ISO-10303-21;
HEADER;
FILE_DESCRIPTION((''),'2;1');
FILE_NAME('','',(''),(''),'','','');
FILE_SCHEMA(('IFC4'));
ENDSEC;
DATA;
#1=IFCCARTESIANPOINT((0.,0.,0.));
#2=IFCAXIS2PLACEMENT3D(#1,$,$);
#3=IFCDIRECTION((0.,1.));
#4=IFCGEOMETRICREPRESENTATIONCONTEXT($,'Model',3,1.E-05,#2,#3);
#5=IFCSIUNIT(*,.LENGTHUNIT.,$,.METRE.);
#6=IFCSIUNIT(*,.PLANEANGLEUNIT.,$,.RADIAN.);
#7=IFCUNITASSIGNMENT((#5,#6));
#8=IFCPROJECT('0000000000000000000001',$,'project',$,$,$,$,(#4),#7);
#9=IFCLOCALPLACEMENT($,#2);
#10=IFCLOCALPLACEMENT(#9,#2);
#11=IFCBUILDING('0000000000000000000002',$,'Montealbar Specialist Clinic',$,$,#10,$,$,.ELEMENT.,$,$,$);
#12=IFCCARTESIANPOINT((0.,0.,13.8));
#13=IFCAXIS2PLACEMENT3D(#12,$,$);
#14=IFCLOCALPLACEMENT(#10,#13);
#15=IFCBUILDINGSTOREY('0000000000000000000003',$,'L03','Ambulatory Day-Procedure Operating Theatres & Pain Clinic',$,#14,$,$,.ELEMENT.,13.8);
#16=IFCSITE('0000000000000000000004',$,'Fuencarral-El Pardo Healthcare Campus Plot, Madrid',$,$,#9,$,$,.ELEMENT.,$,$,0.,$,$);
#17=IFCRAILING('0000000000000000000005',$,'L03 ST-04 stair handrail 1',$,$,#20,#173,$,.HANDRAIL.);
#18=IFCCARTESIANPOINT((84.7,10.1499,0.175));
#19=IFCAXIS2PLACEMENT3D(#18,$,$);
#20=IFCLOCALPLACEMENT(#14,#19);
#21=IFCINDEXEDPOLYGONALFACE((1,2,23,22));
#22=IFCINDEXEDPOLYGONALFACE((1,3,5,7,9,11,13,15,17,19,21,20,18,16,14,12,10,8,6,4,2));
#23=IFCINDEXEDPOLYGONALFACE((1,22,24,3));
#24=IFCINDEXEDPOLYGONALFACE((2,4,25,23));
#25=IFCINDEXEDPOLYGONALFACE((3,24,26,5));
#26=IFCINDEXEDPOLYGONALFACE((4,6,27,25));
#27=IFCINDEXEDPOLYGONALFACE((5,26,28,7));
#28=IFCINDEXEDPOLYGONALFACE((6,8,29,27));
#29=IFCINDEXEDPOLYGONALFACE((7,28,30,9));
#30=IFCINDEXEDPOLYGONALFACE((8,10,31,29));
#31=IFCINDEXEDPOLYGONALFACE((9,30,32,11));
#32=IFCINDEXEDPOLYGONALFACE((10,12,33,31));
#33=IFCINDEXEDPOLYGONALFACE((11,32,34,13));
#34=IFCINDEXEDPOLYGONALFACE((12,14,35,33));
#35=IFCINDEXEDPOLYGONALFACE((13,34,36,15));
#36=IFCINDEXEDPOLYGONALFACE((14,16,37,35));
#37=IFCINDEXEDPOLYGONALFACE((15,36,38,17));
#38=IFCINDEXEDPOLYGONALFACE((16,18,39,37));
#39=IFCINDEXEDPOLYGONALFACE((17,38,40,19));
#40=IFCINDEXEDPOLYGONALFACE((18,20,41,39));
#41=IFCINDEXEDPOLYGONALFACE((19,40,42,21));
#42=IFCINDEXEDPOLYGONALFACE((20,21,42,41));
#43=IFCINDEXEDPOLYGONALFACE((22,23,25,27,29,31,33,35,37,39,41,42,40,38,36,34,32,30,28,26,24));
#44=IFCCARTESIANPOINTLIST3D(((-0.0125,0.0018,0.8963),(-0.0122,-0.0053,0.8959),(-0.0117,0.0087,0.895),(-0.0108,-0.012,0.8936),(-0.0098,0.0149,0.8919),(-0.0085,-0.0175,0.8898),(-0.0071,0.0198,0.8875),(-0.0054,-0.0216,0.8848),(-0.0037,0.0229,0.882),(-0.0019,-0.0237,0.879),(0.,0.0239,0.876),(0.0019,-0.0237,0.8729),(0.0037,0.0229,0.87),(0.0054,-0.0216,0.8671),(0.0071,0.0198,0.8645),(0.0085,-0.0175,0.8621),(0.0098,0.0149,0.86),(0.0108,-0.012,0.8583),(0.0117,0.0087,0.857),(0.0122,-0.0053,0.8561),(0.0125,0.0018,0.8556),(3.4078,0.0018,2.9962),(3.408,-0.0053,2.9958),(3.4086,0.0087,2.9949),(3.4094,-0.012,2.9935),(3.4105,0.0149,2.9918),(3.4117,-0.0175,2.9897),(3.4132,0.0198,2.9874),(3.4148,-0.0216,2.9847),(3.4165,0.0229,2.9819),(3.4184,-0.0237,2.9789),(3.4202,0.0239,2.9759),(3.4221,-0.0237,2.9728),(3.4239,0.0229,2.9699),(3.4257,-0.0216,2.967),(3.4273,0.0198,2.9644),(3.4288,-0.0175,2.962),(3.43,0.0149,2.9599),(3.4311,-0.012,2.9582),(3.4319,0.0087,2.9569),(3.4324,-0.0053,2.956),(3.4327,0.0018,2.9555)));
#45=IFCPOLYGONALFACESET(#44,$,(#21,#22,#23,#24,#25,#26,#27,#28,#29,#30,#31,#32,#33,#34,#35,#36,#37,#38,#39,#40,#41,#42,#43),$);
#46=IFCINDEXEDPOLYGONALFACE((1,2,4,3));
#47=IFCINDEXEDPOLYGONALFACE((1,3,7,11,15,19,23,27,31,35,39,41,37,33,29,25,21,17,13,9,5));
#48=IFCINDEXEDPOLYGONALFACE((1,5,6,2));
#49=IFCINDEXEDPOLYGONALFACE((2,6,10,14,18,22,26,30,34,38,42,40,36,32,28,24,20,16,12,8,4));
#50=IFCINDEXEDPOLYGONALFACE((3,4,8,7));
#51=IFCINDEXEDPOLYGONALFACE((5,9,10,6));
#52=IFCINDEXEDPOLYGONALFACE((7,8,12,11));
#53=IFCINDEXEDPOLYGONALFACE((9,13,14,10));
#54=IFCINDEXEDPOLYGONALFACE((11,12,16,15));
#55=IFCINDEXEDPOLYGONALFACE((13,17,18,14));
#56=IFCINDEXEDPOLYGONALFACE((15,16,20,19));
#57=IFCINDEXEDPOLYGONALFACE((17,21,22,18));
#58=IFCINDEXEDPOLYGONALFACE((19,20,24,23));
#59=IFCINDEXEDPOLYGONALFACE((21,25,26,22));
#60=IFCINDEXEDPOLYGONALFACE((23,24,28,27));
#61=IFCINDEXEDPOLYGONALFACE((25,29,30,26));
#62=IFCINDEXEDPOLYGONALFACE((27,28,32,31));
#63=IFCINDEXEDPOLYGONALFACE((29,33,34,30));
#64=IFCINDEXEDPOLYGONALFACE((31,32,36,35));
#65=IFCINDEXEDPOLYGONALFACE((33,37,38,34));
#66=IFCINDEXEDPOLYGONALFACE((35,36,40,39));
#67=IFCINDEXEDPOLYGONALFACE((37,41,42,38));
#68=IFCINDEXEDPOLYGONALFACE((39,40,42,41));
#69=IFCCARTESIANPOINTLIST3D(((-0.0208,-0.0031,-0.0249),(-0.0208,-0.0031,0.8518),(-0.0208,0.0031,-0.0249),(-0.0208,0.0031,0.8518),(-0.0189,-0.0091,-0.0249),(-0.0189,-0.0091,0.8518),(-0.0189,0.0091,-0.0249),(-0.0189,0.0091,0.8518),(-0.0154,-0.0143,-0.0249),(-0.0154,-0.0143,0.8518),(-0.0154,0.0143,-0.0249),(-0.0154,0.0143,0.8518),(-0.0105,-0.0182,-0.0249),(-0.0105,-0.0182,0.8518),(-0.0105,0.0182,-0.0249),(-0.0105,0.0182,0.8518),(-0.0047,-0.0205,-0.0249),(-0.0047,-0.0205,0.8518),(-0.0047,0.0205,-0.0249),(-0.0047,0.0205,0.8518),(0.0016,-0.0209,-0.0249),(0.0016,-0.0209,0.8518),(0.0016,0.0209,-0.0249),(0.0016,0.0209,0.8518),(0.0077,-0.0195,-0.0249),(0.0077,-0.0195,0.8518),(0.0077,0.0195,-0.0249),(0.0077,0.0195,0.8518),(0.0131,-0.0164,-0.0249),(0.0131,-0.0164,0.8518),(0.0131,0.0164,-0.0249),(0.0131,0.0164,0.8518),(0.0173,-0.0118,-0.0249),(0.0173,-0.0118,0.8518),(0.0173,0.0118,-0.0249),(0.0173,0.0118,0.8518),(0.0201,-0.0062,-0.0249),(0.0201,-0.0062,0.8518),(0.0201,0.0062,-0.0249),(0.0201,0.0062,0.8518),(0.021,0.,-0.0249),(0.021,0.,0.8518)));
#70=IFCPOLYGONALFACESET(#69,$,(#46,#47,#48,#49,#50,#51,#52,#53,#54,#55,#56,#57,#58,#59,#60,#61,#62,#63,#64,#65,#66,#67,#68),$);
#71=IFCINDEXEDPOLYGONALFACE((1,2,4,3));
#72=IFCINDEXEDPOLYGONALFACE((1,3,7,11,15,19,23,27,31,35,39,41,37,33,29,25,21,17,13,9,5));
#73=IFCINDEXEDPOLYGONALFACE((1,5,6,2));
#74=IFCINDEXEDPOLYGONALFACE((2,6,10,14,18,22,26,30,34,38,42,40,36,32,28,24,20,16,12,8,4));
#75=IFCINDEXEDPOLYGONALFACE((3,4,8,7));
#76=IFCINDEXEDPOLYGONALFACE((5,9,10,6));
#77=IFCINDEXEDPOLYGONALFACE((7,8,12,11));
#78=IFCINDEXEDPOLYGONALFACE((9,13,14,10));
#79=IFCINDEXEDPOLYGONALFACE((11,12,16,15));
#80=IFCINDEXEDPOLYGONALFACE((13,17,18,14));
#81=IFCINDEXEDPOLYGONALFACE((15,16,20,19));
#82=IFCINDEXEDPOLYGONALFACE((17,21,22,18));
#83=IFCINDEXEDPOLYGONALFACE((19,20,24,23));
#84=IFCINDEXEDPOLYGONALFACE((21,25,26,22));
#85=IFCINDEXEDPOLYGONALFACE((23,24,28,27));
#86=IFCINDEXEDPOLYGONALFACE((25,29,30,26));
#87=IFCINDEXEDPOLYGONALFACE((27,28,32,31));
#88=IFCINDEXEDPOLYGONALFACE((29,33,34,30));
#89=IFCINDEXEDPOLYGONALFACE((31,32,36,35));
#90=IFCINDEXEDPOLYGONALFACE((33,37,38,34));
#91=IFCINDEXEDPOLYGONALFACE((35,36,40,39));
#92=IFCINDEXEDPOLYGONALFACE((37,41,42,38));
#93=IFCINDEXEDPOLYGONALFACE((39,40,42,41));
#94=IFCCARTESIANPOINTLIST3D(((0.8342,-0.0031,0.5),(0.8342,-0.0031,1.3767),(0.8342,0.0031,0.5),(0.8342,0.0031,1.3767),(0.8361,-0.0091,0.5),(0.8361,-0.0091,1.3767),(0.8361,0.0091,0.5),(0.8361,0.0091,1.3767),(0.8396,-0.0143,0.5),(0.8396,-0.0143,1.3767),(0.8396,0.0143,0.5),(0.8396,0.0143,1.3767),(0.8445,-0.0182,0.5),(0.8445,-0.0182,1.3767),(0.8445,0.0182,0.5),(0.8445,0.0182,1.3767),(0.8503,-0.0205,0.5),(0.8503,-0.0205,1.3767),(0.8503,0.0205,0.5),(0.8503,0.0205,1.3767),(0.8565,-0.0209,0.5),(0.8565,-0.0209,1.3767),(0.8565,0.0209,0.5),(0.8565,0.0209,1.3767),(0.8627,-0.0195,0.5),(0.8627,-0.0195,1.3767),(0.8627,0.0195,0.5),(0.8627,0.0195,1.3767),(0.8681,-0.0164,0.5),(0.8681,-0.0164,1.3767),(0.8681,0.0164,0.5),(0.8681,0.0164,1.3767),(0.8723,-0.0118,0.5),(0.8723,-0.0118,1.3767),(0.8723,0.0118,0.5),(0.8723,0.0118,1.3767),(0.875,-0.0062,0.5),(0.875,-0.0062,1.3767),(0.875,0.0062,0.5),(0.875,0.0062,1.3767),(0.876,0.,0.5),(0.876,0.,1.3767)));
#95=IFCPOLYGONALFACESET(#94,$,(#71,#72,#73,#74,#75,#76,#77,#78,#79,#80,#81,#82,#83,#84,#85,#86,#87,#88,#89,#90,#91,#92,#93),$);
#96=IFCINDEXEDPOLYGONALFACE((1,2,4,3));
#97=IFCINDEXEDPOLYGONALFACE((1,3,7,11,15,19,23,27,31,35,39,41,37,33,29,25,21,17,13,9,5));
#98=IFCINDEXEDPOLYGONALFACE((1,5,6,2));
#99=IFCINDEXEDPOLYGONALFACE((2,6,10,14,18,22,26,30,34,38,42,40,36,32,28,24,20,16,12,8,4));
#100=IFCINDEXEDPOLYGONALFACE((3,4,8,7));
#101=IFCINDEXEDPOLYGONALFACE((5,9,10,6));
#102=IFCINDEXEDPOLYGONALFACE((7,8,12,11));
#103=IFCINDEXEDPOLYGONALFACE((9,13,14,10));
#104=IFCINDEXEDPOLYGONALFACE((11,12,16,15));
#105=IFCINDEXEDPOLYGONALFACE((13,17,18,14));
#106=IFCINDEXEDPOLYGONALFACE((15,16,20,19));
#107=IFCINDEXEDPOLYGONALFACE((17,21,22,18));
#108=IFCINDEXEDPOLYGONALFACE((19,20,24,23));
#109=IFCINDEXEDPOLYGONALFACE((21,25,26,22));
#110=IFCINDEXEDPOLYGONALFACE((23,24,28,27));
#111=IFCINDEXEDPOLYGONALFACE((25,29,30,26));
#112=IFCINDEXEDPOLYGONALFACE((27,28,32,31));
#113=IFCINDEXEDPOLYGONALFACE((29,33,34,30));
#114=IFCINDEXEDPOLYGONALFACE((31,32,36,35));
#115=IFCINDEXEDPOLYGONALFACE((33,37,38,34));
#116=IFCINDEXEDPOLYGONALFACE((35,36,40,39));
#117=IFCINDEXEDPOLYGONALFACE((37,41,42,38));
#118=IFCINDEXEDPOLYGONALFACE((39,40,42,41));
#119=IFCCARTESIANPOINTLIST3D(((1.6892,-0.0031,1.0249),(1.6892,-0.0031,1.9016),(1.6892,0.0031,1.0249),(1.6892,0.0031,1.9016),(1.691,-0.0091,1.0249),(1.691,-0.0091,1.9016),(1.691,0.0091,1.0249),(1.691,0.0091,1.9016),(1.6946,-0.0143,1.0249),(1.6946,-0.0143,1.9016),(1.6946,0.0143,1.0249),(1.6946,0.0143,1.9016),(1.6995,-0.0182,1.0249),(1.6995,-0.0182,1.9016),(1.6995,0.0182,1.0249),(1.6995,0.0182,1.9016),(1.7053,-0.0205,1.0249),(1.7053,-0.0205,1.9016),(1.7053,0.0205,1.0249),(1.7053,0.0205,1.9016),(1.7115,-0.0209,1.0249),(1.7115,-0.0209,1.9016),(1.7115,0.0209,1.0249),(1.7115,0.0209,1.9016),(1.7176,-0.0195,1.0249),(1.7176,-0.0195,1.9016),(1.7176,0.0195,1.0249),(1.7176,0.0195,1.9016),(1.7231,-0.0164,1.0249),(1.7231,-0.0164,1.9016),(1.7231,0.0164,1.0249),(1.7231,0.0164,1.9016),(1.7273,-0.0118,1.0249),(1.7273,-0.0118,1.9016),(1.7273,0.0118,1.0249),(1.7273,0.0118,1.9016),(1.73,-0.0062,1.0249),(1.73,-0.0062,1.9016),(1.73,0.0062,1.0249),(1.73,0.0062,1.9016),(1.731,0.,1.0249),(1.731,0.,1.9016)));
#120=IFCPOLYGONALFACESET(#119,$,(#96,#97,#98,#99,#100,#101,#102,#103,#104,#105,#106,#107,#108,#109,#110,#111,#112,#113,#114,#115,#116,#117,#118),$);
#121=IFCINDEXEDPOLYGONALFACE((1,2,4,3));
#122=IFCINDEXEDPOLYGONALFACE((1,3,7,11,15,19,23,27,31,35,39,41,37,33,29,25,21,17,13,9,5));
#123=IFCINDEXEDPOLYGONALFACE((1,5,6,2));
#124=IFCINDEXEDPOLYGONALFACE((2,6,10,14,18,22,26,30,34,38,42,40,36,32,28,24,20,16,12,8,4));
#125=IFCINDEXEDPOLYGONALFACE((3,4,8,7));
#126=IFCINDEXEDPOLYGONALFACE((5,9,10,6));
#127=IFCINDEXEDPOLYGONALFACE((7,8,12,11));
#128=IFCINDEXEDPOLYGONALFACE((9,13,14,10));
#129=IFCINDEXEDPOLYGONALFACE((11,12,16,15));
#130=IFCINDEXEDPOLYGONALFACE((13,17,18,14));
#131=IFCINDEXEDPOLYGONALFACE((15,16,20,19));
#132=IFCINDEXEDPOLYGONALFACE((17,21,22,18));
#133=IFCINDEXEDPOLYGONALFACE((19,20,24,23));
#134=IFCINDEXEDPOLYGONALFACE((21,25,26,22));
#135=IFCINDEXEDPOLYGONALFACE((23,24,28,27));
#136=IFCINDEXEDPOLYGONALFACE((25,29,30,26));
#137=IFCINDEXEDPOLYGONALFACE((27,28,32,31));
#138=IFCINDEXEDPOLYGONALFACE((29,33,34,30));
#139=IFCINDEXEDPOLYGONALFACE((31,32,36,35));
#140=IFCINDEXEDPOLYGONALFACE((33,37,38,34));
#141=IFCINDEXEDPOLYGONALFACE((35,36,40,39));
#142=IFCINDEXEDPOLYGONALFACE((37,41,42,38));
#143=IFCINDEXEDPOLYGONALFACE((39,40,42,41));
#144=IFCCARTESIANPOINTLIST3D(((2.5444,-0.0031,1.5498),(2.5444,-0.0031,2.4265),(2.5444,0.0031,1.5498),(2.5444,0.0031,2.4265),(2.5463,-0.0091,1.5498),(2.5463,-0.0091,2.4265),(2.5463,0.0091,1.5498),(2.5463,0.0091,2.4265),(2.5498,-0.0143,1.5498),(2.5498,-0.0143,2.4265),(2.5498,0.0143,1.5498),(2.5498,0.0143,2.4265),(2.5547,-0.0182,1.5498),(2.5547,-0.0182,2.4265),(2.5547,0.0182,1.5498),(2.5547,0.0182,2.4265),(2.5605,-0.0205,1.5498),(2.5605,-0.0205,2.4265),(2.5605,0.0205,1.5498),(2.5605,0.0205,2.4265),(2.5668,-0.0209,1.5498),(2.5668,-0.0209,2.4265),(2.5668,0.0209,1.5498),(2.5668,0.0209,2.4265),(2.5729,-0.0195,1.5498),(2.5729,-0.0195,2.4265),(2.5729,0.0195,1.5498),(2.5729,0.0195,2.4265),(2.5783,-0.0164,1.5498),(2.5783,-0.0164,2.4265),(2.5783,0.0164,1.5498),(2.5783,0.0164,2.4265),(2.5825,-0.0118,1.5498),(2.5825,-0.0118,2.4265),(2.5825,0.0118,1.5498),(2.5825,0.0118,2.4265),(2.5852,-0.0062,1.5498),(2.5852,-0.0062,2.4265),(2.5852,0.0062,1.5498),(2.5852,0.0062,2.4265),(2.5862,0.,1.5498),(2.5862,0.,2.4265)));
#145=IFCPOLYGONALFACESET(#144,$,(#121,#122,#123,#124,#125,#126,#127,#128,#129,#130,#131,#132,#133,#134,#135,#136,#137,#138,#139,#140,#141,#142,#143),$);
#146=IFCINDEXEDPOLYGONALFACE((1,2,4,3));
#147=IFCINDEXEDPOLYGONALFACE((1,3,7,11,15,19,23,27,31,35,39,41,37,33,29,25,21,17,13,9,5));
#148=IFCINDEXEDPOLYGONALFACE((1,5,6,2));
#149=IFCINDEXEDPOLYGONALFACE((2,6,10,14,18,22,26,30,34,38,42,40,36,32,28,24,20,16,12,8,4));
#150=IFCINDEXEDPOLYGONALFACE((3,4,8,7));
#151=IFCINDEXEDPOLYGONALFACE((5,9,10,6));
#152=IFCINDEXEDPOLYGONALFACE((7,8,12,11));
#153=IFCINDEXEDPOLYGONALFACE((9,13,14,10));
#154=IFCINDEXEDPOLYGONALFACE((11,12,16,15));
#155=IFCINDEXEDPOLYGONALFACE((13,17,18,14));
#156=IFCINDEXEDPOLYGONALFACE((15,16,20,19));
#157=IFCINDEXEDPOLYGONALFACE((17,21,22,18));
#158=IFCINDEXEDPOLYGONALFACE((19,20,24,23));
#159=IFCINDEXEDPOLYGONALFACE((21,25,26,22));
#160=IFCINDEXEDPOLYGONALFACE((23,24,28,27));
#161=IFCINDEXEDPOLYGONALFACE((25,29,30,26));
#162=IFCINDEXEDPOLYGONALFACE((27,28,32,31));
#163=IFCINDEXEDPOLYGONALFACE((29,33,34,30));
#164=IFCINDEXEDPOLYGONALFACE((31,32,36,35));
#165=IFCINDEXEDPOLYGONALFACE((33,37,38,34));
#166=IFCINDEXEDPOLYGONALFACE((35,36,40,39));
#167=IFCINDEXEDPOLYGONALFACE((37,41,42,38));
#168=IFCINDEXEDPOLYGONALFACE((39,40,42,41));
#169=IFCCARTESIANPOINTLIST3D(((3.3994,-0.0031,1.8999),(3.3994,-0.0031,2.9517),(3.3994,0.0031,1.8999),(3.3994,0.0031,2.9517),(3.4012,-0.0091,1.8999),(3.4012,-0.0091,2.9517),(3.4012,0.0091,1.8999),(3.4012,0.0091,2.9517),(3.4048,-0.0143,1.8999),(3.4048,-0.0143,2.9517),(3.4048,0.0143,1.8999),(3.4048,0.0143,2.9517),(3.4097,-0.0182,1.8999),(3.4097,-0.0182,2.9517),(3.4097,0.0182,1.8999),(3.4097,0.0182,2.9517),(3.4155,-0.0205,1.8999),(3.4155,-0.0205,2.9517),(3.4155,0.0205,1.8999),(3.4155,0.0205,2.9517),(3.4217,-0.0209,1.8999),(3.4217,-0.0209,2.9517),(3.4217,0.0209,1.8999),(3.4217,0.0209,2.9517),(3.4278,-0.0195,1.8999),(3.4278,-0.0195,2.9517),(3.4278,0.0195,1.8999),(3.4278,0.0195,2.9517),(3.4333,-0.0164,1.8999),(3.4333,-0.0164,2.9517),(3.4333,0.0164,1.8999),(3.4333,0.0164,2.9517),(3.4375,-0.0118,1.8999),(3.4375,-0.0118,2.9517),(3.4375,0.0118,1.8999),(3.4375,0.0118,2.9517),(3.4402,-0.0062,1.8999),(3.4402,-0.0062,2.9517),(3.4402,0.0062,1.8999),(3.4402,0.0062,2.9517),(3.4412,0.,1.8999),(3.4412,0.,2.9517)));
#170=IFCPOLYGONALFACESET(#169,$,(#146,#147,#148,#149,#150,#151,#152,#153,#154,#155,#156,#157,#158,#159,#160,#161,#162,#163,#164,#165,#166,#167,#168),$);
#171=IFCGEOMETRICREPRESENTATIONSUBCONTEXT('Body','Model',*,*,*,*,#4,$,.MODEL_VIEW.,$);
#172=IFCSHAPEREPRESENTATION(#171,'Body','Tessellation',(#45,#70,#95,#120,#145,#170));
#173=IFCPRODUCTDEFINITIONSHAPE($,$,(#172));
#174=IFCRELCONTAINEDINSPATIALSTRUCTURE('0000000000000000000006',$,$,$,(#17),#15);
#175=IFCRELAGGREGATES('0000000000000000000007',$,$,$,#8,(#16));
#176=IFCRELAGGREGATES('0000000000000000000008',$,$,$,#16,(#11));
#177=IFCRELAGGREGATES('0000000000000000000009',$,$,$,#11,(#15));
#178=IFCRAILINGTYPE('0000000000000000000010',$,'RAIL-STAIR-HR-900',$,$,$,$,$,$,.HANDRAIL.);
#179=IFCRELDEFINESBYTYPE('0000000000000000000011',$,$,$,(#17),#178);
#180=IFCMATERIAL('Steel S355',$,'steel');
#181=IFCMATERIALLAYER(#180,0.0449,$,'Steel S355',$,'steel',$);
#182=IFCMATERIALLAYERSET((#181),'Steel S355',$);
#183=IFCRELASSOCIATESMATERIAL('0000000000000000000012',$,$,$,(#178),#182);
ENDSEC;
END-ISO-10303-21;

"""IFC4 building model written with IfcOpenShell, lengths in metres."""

from ifc_helpers import new_model, si_unit, direction, frame, origin, origin_2d, place, context, subcontext, project, spatial, circle, extrude, material, layer, layer_set, type_object, element, save


model = new_model("IFC4")

# Units and contexts
model_context = context("Model", 3, precision=1e-05, world=origin(), true_north=direction((0.0, 1.0)))
body_context = subcontext(model_context, "Body", "Model", "MODEL_VIEW")
ifc_project = project(units=[si_unit("LENGTHUNIT", "METRE"), si_unit("PLANEANGLEUNIT", "RADIAN")], contexts=[model_context])

# Site, building, storey
site_placement = place(None, origin())
site = spatial("IfcSite", under=ifc_project, at=site_placement, Name="Fuencarral-El Pardo Healthcare Campus Plot, Madrid", CompositionType="ELEMENT", RefElevation=0.0)
building_placement = place(site_placement, origin())
building = spatial("IfcBuilding", under=site, at=building_placement, Name="Montealbar Specialist Clinic", CompositionType="ELEMENT")
storey_placement = place(building_placement, frame((0.0, 0.0, 13.8)))
storey = spatial("IfcBuildingStorey", under=building, at=storey_placement, Name="L03", Description="Ambulatory Day-Procedure Operating Theatres & Pain Clinic", CompositionType="ELEMENT", Elevation=13.8)

# Shared definitions
ifc_material_1 = material(Name="Steel S355", Category="steel")

# Railing
ifc_layer_1 = layer(ifc_material_1, 0.0449, Name="Steel S355", Category="steel")
ifc_layer_set_1 = layer_set([ifc_layer_1], Name="Steel S355")
railing_type_1 = type_object("IfcRailingType", Name="RAIL-STAIR-HR-900", PredefinedType="HANDRAIL", material=ifc_layer_set_1)
railing_1_placement = place(storey_placement, frame((84.7, 10.1499, 0.175)))
element("IfcRailing", 1, at=railing_1_placement, inside=storey, type_object=railing_type_1, Name="L03 ST-04 stair handrail 1", PredefinedType="HANDRAIL", context=body_context, shape_type="SweptSolid", body=[
    extrude(circle(Radius=0.0239, at=origin_2d()), frame((0.0, 0.0, 0.876), z_axis=(0.852199, 0.0, 0.523218), x_axis=(0.0, 1.0, 0.0)), (0.0, 0.0, 1.0), 4.0134),
    extrude(circle(Radius=0.021, at=origin_2d()), frame((0.0, 0.0, -0.0249)), (0.0, 0.0, 1.0), 0.8767),
    extrude(circle(Radius=0.021, at=origin_2d()), frame((0.855, 0.0, 0.5)), (0.0, 0.0, 1.0), 0.8767),
    extrude(circle(Radius=0.021, at=origin_2d()), frame((1.71, 0.0, 1.0249)), (0.0, 0.0, 1.0), 0.8767),
    extrude(circle(Radius=0.021, at=origin_2d()), frame((2.5652, 0.0, 1.5498)), (0.0, 0.0, 1.0), 0.8767),
    extrude(circle(Radius=0.021, at=origin_2d()), frame((3.4202, 0.0, 1.8999)), (0.0, 0.0, 1.0), 1.0518),
])

save(model, "model.ifc")
